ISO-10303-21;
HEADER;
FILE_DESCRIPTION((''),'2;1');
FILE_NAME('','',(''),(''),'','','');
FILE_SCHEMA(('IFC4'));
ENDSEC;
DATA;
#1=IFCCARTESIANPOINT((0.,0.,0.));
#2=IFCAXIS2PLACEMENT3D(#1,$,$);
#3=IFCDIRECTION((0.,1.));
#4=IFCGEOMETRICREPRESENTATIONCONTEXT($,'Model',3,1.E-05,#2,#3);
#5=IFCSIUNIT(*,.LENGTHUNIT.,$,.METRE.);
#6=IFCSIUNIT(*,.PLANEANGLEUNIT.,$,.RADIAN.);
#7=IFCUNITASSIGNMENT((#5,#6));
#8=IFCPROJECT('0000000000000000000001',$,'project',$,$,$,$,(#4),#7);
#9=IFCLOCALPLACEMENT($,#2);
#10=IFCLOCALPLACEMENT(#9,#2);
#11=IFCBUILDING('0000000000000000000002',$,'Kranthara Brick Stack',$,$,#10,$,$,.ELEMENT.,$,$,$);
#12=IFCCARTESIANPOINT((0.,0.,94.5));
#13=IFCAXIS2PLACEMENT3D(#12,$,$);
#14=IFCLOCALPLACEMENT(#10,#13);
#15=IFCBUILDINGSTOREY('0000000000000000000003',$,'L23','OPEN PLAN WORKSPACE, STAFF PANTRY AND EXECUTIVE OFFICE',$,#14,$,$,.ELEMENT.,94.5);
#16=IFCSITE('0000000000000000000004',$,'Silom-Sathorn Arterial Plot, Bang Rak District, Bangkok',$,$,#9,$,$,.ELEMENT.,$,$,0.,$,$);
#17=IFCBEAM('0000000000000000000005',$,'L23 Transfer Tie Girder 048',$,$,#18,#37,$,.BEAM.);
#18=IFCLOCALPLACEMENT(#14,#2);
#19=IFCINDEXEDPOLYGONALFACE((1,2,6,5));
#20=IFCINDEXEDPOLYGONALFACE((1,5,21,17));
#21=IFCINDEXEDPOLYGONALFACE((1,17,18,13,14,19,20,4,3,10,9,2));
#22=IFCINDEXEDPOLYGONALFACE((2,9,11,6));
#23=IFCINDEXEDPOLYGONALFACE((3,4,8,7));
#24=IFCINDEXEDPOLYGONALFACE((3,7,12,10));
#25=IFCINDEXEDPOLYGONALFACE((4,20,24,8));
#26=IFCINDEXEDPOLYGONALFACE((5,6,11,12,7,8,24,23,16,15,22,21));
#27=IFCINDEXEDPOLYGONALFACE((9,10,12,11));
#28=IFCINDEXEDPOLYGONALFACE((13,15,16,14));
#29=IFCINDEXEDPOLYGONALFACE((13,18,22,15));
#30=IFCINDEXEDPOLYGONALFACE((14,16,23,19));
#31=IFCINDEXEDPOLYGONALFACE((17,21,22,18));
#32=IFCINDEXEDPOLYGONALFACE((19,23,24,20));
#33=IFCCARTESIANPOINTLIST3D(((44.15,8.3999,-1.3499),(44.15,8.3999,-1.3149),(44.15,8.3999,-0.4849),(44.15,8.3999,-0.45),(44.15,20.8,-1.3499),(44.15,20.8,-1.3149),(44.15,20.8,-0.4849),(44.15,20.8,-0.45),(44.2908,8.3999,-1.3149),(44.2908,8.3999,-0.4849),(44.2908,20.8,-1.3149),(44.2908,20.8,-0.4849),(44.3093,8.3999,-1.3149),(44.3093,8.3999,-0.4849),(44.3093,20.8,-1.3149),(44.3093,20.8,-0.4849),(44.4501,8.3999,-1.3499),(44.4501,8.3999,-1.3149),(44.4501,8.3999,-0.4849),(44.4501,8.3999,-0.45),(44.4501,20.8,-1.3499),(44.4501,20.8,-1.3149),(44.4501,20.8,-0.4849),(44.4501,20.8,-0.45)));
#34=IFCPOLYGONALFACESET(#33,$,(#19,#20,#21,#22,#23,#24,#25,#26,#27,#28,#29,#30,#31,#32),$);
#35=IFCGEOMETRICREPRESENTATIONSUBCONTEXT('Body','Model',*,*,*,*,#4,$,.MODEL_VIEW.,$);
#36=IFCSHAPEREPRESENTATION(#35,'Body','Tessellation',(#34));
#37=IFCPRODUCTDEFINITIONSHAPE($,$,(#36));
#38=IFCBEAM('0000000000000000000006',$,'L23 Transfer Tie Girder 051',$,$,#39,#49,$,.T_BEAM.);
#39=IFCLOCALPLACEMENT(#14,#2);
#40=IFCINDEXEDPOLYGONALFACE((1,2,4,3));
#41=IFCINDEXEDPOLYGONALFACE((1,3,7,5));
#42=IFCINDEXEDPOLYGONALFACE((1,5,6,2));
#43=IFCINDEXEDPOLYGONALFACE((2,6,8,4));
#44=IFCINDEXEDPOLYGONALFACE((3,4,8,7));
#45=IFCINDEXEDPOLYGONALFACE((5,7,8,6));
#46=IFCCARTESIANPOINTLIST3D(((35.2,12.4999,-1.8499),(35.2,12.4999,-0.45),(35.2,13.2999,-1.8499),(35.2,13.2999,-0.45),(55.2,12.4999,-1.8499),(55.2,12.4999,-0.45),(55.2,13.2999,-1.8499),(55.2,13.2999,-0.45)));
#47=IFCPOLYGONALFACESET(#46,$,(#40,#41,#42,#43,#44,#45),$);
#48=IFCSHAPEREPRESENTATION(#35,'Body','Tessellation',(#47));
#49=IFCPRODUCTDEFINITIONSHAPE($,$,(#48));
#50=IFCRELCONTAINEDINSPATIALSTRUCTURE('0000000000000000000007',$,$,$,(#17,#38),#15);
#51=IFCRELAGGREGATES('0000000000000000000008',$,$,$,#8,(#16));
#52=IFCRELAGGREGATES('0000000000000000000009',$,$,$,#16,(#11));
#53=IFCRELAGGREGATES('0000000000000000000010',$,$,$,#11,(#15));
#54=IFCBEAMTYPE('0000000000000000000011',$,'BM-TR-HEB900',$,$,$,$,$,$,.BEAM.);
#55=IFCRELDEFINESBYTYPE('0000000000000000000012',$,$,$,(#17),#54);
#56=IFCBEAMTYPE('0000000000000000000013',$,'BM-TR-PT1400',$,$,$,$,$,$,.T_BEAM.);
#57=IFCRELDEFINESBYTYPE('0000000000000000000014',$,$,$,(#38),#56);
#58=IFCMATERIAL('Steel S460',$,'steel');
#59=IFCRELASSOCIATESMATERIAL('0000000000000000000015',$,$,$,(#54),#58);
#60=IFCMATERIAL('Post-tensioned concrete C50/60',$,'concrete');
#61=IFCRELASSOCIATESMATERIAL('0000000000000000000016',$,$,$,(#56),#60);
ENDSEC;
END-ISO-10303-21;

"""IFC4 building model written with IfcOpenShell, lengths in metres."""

from ifc_helpers import new_model, si_unit, direction, frame, origin, origin_2d, place, context, subcontext, project, spatial, rectangle, i_section, extrude, material, material_profile, profile_set, type_object, element, save


model = new_model("IFC4")

# Units and contexts
model_context = context("Model", 3, precision=1e-05, world=origin(), true_north=direction((0.0, 1.0)))
body_context = subcontext(model_context, "Body", "Model", "MODEL_VIEW")
ifc_project = project(units=[si_unit("LENGTHUNIT", "METRE"), si_unit("PLANEANGLEUNIT", "RADIAN")], contexts=[model_context])

# Site, building, storey
site_placement = place(None, origin())
site = spatial("IfcSite", under=ifc_project, at=site_placement, Name="Silom-Sathorn Arterial Plot, Bang Rak District, Bangkok", CompositionType="ELEMENT", RefElevation=0.0)
building_placement = place(site_placement, origin())
building = spatial("IfcBuilding", under=site, at=building_placement, Name="Kranthara Brick Stack", CompositionType="ELEMENT")
storey_placement = place(building_placement, frame((0.0, 0.0, 94.5)))
storey = spatial("IfcBuildingStorey", under=building, at=storey_placement, Name="L23", Description="OPEN PLAN WORKSPACE, STAFF PANTRY AND EXECUTIVE OFFICE", CompositionType="ELEMENT", Elevation=94.5)

# Beams
ifc_material_1 = material(Name="Steel S460", Category="steel")
ifc_material_profile_1 = material_profile(ifc_material_1, i_section(OverallWidth=0.3, OverallDepth=0.8999, WebThickness=0.0186, FlangeThickness=0.0349, at=origin_2d()), Name="HEB 900")
ifc_profile_set_1 = profile_set([ifc_material_profile_1], Name="Steel S460")
beam_type_1 = type_object("IfcBeamType", Name="BM-TR-HEB900", PredefinedType="BEAM", material=ifc_profile_set_1)
beam_1_placement = place(storey_placement, frame((44.3, 8.3999, -0.8999), z_axis=(0.0, 1.0, 0.0), x_axis=(-1.0, 0.0, 0.0)))
element("IfcBeam", 1, at=beam_1_placement, inside=storey, type_object=beam_type_1, Name="L23 Transfer Tie Girder 048", PredefinedType="BEAM", context=body_context, shape_type="SweptSolid", body=[
    extrude(i_section(OverallWidth=0.3, OverallDepth=0.8999, WebThickness=0.0186, FlangeThickness=0.0349, at=origin_2d()), origin(), (0.0, 0.0, 1.0), 12.4001),
])
ifc_material_2 = material(Name="Post-tensioned concrete C50/60", Category="concrete")
ifc_material_profile_2 = material_profile(ifc_material_2, rectangle(XDim=0.8, YDim=1.3999, at=origin_2d()), Name="PT 800x1400")
ifc_profile_set_2 = profile_set([ifc_material_profile_2], Name="Post-tensioned concrete C50/60")
beam_type_2 = type_object("IfcBeamType", Name="BM-TR-PT1400", PredefinedType="T_BEAM", material=ifc_profile_set_2)
beam_2_placement = place(storey_placement, frame((55.2, 12.8999, -1.1499), z_axis=(-1.0, 0.0, 0.0), x_axis=(0.0, -1.0, 0.0)))
element("IfcBeam", 2, at=beam_2_placement, inside=storey, type_object=beam_type_2, Name="L23 Transfer Tie Girder 051", PredefinedType="T_BEAM", context=body_context, shape_type="SweptSolid", body=[
    extrude(rectangle(XDim=0.8, YDim=1.3999, at=origin_2d()), origin(), (0.0, 0.0, 1.0), 20.0),
])

save(model, "model.ifc")
